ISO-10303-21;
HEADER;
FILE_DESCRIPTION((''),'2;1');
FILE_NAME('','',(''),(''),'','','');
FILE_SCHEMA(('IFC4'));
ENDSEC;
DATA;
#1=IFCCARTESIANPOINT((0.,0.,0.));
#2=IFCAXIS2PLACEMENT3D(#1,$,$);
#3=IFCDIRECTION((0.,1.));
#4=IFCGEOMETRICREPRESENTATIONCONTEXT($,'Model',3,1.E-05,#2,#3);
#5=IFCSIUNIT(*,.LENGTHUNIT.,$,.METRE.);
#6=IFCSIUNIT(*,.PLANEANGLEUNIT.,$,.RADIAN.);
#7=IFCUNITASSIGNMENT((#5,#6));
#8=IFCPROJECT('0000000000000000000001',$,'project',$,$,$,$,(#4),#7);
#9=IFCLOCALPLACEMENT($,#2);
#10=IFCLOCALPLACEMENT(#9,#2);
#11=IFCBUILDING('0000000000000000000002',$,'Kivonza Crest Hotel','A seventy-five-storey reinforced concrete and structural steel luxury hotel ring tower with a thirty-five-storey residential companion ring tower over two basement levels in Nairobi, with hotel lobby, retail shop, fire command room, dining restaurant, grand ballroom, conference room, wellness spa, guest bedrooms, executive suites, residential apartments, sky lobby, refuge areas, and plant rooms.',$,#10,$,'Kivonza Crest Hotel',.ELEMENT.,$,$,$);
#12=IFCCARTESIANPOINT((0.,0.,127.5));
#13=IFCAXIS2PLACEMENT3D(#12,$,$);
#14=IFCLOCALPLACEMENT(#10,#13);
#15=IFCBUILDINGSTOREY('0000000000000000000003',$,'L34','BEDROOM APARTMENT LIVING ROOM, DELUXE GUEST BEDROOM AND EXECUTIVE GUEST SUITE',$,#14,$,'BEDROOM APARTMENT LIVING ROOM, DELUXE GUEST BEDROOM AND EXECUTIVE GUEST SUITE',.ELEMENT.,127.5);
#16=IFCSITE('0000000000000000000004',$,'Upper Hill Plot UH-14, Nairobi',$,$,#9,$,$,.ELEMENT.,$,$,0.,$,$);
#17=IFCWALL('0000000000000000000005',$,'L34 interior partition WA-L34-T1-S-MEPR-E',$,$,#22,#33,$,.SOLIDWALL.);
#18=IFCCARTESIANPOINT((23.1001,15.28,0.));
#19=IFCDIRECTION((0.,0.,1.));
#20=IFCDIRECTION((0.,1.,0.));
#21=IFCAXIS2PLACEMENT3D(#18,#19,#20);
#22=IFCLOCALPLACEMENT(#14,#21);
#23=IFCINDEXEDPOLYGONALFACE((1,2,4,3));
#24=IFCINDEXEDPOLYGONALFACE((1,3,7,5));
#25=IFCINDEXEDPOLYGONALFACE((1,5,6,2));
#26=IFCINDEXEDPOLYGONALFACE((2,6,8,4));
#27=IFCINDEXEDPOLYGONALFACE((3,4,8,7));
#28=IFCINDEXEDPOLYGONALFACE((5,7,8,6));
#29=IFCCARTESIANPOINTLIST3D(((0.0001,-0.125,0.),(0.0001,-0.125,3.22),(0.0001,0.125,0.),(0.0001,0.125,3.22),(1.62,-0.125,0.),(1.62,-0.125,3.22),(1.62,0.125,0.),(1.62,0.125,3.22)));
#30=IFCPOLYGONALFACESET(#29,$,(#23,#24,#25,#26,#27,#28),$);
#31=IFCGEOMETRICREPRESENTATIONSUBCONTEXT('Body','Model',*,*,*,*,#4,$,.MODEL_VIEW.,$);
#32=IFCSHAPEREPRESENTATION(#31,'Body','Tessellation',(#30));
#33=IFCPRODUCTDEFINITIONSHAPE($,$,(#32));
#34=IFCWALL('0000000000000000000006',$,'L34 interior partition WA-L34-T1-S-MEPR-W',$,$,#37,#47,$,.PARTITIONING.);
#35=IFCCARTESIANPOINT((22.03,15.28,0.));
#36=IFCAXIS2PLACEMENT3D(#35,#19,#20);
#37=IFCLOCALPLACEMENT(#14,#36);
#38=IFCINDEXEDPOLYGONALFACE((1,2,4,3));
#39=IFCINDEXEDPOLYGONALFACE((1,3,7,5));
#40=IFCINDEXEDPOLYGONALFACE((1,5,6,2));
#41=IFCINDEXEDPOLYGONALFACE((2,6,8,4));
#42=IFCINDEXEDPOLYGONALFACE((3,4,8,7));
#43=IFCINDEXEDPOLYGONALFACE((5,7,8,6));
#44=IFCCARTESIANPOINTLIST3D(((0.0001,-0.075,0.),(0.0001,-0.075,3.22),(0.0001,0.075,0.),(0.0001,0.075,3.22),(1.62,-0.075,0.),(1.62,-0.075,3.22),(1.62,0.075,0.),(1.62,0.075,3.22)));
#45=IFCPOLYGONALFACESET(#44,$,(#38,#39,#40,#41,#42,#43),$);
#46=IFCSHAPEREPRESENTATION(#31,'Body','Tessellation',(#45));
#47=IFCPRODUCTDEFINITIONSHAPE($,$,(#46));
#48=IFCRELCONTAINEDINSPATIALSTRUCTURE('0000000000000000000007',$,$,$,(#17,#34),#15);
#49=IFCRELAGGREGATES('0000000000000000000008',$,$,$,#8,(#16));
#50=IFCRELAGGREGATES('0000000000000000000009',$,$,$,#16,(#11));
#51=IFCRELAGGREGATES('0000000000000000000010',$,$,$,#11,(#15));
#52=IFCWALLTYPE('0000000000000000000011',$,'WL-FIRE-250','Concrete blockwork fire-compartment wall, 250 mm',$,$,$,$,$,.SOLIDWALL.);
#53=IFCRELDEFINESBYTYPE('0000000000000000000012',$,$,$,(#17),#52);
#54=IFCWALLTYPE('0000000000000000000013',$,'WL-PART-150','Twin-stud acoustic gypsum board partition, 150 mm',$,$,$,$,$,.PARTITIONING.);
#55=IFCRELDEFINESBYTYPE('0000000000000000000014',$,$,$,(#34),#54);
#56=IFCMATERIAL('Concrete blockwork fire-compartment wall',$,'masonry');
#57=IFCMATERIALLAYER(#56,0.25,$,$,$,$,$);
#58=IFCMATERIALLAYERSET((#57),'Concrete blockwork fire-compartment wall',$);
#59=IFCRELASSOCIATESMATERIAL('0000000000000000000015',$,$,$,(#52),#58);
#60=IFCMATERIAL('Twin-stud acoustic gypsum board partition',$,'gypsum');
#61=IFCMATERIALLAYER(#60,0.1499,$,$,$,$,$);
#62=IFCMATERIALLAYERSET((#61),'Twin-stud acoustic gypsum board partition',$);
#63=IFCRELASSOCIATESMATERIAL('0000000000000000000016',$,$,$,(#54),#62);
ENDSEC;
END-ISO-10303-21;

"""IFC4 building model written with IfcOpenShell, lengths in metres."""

from ifc_helpers import new_model, si_unit, direction, frame, frame_2d, origin, place, context, subcontext, project, spatial, rectangle, extrude, material, layer, layer_set, type_object, element, save


model = new_model("IFC4")

# Units and contexts
model_context = context("Model", 3, precision=1e-05, world=origin(), true_north=direction((0.0, 1.0)))
body_context = subcontext(model_context, "Body", "Model", "MODEL_VIEW")
ifc_project = project(units=[si_unit("LENGTHUNIT", "METRE"), si_unit("PLANEANGLEUNIT", "RADIAN")], contexts=[model_context])

# Site, building, storey
site_placement = place(None, origin())
site = spatial("IfcSite", under=ifc_project, at=site_placement, Name="Upper Hill Plot UH-14, Nairobi", CompositionType="ELEMENT", RefElevation=0.0)
building_placement = place(site_placement, origin())
building = spatial("IfcBuilding", under=site, at=building_placement, Name="Kivonza Crest Hotel", Description="A seventy-five-storey reinforced concrete and structural steel luxury hotel ring tower with a thirty-five-storey residential companion ring tower over two basement levels in Nairobi, with hotel lobby, retail shop, fire command room, dining restaurant, grand ballroom, conference room, wellness spa, guest bedrooms, executive suites, residential apartments, sky lobby, refuge areas, and plant rooms.", LongName="Kivonza Crest Hotel", CompositionType="ELEMENT")
storey_placement = place(building_placement, frame((0.0, 0.0, 127.5)))
storey = spatial("IfcBuildingStorey", under=building, at=storey_placement, Name="L34", Description="BEDROOM APARTMENT LIVING ROOM, DELUXE GUEST BEDROOM AND EXECUTIVE GUEST SUITE", LongName="BEDROOM APARTMENT LIVING ROOM, DELUXE GUEST BEDROOM AND EXECUTIVE GUEST SUITE", CompositionType="ELEMENT", Elevation=127.5)

# Walls
ifc_material_1 = material(Name="Concrete blockwork fire-compartment wall", Category="masonry")
ifc_layer_1 = layer(ifc_material_1, 0.25)
ifc_layer_set_1 = layer_set([ifc_layer_1], Name="Concrete blockwork fire-compartment wall")
wall_type_1 = type_object("IfcWallType", Name="WL-FIRE-250", Description="Concrete blockwork fire-compartment wall, 250 mm", PredefinedType="SOLIDWALL", material=ifc_layer_set_1)
wall_1_placement = place(storey_placement, frame((23.1001, 15.28, 0.0), z_axis=(0.0, 0.0, 1.0), x_axis=(0.0, 1.0, 0.0)))
element("IfcWall", 1, at=wall_1_placement, inside=storey, type_object=wall_type_1, Name="L34 interior partition WA-L34-T1-S-MEPR-E", PredefinedType="SOLIDWALL", context=body_context, shape_type="SweptSolid", body=[
    extrude(rectangle(XDim=1.6199, YDim=0.25, at=frame_2d((0.8101, 0.0))), origin(), (0.0, 0.0, 1.0), 3.22),
])
ifc_material_2 = material(Name="Twin-stud acoustic gypsum board partition", Category="gypsum")
ifc_layer_2 = layer(ifc_material_2, 0.1499)
ifc_layer_set_2 = layer_set([ifc_layer_2], Name="Twin-stud acoustic gypsum board partition")
wall_type_2 = type_object("IfcWallType", Name="WL-PART-150", Description="Twin-stud acoustic gypsum board partition, 150 mm", PredefinedType="PARTITIONING", material=ifc_layer_set_2)
wall_2_placement = place(storey_placement, frame((22.03, 15.28, 0.0), z_axis=(0.0, 0.0, 1.0), x_axis=(0.0, 1.0, 0.0)))
element("IfcWall", 2, at=wall_2_placement, inside=storey, type_object=wall_type_2, Name="L34 interior partition WA-L34-T1-S-MEPR-W", PredefinedType="PARTITIONING", context=body_context, shape_type="SweptSolid", body=[
    extrude(rectangle(XDim=1.6199, YDim=0.1499, at=frame_2d((0.8101, 0.0))), origin(), (0.0, 0.0, 1.0), 3.22),
])

save(model, "model.ifc")
